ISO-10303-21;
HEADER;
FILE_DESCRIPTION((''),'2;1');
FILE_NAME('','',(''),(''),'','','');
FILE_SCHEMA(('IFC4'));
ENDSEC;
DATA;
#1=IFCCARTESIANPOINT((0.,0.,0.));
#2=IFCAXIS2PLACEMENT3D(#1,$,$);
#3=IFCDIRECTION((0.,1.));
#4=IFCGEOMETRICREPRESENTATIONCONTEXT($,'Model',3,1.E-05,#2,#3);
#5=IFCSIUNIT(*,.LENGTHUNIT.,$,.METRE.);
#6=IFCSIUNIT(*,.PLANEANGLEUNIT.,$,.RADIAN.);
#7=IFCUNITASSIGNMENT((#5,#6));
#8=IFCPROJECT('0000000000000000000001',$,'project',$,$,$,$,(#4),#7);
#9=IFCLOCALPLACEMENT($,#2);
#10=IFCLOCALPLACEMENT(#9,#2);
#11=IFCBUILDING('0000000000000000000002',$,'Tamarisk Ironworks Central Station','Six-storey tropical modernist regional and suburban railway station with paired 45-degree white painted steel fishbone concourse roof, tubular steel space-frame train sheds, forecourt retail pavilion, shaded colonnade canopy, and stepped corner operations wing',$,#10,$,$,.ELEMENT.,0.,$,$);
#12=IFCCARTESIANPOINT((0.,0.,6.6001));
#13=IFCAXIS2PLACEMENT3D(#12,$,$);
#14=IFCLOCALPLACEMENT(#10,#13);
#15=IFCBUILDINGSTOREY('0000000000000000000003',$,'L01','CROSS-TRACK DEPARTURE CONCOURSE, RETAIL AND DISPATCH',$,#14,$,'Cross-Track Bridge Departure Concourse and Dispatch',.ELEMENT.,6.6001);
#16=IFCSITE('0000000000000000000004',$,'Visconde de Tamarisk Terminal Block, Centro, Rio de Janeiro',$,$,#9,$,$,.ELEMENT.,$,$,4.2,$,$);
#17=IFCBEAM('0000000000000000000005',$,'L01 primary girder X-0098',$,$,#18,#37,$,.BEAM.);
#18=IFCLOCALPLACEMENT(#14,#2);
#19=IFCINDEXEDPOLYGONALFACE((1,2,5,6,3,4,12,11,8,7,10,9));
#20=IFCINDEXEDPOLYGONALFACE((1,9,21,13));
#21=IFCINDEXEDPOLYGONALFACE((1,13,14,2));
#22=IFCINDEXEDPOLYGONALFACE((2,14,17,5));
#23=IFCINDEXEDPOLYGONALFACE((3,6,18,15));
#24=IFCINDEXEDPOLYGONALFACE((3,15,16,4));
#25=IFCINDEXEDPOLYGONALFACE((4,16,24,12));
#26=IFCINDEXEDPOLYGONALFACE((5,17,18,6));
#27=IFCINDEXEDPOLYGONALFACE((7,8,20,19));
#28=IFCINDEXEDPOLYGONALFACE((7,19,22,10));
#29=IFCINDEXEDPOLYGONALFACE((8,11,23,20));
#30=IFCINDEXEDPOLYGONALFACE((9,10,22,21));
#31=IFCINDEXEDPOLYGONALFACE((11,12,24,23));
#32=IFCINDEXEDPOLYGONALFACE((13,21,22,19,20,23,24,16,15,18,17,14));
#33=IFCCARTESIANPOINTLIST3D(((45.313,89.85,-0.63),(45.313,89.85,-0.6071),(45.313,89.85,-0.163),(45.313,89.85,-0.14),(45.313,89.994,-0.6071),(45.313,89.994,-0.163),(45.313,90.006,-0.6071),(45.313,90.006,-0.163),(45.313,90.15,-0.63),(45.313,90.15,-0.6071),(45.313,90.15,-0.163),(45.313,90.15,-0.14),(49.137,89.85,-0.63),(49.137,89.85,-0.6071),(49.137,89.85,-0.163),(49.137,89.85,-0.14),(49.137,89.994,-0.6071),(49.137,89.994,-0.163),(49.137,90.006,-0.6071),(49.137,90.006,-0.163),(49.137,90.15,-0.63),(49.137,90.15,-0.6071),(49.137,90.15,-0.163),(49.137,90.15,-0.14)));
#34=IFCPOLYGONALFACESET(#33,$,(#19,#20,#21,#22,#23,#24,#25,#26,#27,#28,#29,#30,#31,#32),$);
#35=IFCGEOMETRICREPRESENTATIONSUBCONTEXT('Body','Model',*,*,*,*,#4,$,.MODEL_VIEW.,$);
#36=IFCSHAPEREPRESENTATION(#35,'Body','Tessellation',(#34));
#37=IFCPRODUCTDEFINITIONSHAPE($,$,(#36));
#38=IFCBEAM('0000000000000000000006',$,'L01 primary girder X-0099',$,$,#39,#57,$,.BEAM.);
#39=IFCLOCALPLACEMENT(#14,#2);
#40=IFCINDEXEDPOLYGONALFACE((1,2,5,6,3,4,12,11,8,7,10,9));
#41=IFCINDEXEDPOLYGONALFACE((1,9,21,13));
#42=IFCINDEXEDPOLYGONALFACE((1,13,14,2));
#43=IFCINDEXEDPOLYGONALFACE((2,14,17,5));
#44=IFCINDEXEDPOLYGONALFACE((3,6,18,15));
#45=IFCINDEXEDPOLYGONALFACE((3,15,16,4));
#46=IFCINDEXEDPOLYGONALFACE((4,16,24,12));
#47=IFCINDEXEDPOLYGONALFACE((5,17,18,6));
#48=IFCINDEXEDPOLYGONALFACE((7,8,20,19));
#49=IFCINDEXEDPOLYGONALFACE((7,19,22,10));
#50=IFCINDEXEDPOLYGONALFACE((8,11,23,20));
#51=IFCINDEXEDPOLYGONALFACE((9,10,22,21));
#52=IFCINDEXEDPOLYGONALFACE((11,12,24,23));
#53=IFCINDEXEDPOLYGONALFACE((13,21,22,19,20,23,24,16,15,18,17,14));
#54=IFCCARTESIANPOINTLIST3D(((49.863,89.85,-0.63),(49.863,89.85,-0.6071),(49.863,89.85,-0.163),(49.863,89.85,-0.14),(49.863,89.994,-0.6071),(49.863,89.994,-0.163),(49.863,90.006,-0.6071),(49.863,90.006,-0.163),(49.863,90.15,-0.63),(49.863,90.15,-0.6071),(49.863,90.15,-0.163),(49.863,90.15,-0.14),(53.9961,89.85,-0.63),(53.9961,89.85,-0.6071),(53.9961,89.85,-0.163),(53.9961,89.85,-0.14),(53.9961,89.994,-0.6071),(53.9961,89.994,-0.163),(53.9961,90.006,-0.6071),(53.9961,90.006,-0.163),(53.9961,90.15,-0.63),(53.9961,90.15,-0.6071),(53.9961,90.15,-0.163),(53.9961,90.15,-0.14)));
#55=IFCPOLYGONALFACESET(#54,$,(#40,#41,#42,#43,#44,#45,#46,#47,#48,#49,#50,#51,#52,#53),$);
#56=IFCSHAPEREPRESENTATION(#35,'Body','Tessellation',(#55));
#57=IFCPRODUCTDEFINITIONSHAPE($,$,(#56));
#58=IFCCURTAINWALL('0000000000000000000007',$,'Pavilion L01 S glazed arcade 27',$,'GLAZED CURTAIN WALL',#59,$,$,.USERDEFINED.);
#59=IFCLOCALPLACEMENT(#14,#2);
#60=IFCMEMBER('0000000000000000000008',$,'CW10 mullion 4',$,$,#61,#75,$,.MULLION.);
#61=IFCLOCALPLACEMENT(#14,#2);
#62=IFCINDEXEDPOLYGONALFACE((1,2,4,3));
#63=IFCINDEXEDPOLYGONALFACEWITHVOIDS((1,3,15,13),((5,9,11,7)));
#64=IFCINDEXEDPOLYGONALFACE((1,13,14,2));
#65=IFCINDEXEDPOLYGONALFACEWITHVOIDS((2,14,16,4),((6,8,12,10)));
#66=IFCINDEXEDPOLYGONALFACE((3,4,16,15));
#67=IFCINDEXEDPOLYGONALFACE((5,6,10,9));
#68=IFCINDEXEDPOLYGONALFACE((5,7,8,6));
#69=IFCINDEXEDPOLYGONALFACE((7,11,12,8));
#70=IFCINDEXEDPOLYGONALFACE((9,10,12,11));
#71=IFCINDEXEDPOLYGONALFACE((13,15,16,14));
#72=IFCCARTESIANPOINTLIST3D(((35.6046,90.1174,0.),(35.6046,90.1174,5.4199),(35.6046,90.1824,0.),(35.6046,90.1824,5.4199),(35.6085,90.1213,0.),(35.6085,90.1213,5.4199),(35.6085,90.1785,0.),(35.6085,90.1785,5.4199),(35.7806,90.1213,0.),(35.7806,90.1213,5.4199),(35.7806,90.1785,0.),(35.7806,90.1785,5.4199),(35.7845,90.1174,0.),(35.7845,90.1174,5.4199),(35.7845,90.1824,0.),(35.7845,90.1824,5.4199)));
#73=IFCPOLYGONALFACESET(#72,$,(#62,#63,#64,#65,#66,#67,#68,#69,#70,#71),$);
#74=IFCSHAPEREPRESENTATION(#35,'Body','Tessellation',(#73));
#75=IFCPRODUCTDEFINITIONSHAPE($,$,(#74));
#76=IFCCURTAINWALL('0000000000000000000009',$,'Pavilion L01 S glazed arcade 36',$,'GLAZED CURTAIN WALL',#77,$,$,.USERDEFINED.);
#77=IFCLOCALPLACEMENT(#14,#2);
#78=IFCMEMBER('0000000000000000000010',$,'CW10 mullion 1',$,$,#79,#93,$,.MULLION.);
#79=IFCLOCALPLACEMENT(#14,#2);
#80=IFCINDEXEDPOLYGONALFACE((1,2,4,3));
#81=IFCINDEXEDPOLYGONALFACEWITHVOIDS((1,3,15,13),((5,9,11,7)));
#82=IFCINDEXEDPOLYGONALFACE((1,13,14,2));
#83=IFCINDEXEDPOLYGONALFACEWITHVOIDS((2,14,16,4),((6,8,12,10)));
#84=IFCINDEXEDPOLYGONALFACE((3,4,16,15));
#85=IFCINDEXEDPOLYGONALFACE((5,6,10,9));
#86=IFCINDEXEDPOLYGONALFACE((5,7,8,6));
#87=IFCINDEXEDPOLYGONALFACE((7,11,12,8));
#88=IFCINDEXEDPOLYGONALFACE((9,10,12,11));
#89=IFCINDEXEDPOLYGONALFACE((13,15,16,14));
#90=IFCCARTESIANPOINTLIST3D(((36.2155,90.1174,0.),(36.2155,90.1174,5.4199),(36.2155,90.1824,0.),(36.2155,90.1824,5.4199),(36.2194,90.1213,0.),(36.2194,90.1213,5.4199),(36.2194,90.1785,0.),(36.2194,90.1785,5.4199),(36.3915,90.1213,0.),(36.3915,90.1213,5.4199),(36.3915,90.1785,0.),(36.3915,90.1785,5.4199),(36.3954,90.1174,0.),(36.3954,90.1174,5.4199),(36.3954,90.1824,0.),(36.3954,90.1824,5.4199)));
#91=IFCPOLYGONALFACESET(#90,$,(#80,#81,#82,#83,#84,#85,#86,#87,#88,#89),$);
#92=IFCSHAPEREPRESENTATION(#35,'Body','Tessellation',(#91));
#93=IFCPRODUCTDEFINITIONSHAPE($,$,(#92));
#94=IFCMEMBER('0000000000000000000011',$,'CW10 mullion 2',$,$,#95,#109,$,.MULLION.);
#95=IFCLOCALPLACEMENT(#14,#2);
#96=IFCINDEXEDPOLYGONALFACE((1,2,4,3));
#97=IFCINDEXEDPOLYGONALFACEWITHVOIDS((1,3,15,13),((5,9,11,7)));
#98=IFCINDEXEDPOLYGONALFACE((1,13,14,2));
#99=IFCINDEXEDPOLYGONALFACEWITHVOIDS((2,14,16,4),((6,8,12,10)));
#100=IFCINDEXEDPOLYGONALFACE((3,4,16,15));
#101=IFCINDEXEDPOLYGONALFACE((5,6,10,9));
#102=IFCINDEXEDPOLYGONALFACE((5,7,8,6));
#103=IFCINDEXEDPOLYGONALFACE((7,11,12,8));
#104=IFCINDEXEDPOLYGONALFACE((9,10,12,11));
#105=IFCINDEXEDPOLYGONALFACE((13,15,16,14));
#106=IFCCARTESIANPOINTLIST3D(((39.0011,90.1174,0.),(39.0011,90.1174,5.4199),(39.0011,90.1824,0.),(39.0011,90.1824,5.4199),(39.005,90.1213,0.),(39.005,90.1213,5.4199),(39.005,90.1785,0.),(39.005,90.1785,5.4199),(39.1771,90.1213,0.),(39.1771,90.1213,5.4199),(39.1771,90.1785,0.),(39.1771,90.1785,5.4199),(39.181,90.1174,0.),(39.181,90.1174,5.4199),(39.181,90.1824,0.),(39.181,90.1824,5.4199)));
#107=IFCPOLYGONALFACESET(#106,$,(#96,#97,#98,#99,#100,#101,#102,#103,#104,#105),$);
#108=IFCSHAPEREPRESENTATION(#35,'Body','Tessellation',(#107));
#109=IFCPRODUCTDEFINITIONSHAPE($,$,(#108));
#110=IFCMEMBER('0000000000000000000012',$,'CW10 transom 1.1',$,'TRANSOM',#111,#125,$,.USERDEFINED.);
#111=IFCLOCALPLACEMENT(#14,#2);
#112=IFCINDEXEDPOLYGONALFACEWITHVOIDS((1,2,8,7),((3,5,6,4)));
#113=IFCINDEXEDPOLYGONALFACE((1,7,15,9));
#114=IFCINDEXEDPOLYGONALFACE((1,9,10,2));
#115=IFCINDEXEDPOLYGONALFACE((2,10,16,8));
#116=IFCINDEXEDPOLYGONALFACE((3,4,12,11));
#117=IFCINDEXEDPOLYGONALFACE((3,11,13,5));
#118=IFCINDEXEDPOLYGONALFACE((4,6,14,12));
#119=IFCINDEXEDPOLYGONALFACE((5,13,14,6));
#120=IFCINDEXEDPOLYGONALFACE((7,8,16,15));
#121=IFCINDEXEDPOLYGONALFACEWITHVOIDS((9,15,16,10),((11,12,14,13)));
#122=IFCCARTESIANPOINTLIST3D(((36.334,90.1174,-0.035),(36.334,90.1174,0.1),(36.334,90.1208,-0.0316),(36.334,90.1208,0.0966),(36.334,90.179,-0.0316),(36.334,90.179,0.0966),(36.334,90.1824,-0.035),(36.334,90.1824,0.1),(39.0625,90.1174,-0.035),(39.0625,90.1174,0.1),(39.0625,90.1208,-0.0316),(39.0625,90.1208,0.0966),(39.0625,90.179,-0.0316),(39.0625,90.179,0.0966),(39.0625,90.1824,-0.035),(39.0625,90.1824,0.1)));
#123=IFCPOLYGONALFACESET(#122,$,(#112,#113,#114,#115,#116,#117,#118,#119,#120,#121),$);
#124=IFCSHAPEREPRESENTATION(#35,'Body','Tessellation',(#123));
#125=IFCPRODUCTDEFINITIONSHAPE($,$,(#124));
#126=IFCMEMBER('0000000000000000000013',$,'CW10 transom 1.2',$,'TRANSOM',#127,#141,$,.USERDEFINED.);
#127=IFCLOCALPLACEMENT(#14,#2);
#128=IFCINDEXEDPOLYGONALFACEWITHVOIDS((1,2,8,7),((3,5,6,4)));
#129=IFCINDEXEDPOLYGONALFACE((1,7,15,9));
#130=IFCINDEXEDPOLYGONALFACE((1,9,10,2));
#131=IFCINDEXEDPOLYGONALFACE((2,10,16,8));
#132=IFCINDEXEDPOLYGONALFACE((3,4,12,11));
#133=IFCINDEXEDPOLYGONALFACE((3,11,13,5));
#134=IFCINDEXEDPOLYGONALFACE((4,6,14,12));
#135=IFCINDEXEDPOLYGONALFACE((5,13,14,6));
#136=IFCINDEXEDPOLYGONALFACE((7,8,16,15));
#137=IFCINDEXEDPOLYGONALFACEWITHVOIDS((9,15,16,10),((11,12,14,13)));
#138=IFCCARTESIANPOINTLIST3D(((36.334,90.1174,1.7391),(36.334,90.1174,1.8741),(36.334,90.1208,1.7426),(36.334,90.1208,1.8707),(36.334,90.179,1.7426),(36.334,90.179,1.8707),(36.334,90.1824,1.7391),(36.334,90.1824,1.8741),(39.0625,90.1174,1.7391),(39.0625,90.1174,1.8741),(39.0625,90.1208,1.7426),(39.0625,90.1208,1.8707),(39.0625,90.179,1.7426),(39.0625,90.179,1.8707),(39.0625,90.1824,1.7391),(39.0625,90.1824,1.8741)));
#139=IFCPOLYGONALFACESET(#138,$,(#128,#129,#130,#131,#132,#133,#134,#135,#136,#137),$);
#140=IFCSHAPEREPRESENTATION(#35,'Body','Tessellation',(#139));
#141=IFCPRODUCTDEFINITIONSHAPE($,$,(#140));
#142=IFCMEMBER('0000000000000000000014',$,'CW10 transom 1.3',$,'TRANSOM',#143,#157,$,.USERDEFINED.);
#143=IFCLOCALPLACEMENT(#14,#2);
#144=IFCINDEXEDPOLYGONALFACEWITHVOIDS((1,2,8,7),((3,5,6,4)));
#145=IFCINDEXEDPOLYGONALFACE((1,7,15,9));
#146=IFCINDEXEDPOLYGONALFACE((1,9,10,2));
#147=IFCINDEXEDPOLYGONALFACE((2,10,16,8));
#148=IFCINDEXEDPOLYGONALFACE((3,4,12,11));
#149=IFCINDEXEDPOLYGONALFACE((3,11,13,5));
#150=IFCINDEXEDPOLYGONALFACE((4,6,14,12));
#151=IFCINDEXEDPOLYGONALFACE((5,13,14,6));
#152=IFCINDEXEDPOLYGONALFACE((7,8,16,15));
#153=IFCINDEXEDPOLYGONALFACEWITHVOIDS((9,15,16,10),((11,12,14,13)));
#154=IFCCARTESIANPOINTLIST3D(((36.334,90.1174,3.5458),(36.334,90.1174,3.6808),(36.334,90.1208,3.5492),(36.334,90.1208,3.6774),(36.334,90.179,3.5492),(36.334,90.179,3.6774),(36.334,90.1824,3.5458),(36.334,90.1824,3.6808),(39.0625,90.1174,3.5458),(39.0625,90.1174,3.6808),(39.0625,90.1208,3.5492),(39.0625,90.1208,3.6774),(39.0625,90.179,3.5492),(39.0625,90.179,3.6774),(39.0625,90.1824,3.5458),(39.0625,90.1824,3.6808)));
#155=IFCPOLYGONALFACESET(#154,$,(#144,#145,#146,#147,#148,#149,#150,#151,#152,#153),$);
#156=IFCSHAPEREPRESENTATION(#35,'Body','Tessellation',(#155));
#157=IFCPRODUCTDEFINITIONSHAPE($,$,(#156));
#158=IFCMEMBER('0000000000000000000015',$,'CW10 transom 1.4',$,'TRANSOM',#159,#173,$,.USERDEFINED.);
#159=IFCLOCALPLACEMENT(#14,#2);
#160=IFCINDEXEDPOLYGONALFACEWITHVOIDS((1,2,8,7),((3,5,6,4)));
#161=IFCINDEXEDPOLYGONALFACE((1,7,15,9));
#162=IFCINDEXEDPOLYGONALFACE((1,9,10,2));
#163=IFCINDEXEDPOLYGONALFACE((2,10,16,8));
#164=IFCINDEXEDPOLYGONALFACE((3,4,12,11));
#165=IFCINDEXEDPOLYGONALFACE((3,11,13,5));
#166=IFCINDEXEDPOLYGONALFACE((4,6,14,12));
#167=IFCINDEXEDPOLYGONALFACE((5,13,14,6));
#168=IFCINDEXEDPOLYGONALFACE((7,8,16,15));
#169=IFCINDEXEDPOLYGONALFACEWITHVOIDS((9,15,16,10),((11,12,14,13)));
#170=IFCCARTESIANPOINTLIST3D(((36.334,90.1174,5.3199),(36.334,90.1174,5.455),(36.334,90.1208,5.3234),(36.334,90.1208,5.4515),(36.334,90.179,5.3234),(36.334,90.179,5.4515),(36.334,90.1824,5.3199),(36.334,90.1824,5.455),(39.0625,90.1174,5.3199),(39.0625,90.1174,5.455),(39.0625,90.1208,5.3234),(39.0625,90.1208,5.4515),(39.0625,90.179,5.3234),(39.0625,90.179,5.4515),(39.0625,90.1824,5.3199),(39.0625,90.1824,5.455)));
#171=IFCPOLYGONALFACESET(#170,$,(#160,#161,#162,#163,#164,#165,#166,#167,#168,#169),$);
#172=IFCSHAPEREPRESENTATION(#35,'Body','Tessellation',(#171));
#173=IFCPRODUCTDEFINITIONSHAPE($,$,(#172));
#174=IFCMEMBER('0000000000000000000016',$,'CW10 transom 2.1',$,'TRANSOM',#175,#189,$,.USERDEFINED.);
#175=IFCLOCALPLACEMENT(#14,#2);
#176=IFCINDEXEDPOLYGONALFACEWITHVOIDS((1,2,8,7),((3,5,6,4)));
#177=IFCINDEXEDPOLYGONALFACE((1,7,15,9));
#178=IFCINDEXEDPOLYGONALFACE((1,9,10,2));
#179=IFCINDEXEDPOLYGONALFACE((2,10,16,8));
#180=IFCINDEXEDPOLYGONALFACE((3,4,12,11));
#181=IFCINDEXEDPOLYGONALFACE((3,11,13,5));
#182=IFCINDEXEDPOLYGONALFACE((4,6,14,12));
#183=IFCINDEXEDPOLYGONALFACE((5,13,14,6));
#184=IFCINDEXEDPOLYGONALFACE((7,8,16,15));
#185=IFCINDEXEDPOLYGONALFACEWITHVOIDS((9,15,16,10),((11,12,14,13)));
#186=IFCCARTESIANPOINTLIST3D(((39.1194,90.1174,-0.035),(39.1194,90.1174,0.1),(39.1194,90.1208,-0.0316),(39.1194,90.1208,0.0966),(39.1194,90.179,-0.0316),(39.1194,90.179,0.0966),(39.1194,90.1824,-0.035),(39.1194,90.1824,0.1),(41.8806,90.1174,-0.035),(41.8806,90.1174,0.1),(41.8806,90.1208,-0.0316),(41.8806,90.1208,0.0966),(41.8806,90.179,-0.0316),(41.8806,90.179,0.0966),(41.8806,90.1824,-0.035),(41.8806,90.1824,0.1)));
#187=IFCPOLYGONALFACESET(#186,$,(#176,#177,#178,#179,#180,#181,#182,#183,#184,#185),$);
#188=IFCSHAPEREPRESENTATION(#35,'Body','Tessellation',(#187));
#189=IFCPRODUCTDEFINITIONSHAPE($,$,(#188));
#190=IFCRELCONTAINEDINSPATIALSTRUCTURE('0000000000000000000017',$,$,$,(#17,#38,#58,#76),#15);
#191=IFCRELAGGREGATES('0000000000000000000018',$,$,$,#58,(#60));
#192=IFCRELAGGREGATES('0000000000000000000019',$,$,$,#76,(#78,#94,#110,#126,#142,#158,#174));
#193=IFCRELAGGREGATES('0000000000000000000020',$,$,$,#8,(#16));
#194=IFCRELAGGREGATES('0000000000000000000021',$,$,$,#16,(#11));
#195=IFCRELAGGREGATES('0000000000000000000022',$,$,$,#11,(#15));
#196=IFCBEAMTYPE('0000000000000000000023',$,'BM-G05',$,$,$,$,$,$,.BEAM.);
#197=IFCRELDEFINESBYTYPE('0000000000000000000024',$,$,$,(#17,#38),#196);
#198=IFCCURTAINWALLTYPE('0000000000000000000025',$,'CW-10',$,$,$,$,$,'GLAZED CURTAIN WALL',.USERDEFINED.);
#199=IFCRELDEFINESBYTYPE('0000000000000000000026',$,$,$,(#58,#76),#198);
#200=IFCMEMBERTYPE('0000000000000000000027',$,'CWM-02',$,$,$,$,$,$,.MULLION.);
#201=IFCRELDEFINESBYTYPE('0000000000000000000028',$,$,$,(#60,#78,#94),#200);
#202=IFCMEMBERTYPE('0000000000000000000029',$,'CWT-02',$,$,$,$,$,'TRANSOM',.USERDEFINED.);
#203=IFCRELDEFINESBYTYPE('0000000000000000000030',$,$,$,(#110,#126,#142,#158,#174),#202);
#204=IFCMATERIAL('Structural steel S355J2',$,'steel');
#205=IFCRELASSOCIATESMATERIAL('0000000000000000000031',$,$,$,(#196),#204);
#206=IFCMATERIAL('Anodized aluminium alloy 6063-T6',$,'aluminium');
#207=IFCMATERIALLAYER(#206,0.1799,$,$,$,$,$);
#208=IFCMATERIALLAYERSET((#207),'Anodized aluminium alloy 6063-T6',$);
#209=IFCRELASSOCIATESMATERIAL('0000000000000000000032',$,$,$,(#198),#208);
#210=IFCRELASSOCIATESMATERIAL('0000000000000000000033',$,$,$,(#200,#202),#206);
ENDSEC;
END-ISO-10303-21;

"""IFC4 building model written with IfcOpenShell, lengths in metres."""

from ifc_helpers import new_model, si_unit, direction, frame, origin, origin_2d, place, context, subcontext, project, spatial, hollow_rectangle, i_section, extrude, material, layer, layer_set, material_profile, profile_set, type_object, element, aggregate, save


model = new_model("IFC4")

# Units and contexts
model_context = context("Model", 3, precision=1e-05, world=origin(), true_north=direction((0.0, 1.0)))
body_context = subcontext(model_context, "Body", "Model", "MODEL_VIEW")
ifc_project = project(units=[si_unit("LENGTHUNIT", "METRE"), si_unit("PLANEANGLEUNIT", "RADIAN")], contexts=[model_context])

# Site, building, storey
site_placement = place(None, origin())
site = spatial("IfcSite", under=ifc_project, at=site_placement, Name="Visconde de Tamarisk Terminal Block, Centro, Rio de Janeiro", CompositionType="ELEMENT", RefElevation=4.2)
building_placement = place(site_placement, origin())
building = spatial("IfcBuilding", under=site, at=building_placement, Name="Tamarisk Ironworks Central Station", Description="Six-storey tropical modernist regional and suburban railway station with paired 45-degree white painted steel fishbone concourse roof, tubular steel space-frame train sheds, forecourt retail pavilion, shaded colonnade canopy, and stepped corner operations wing", CompositionType="ELEMENT", ElevationOfRefHeight=0.0)
storey_placement = place(building_placement, frame((0.0, 0.0, 6.6001)))
storey = spatial("IfcBuildingStorey", under=building, at=storey_placement, Name="L01", Description="CROSS-TRACK DEPARTURE CONCOURSE, RETAIL AND DISPATCH", LongName="Cross-Track Bridge Departure Concourse and Dispatch", CompositionType="ELEMENT", Elevation=6.6001)

# Beams
ifc_material_1 = material(Name="Structural steel S355J2", Category="steel")
ifc_material_profile_1 = material_profile(ifc_material_1, i_section(OverallWidth=0.3, OverallDepth=0.49, WebThickness=0.012, FlangeThickness=0.0229, at=origin_2d()), Name="HEA 500")
ifc_profile_set_1 = profile_set([ifc_material_profile_1], Name="Structural steel S355J2")
beam_type = type_object("IfcBeamType", Name="BM-G05", PredefinedType="BEAM", material=ifc_profile_set_1)
beam_1_placement = place(storey_placement, frame((45.313, 90.0, -0.385), z_axis=(1.0, 0.0, 0.0), x_axis=(0.0, 1.0, 0.0)))
element("IfcBeam", 1, at=beam_1_placement, inside=storey, type_object=beam_type, Name="L01 primary girder X-0098", PredefinedType="BEAM", context=body_context, shape_type="SweptSolid", body=[
    extrude(i_section(OverallWidth=0.3, OverallDepth=0.49, WebThickness=0.012, FlangeThickness=0.0229, at=origin_2d()), origin(), (0.0, 0.0, 1.0), 3.824),
])
beam_2_placement = place(storey_placement, frame((49.863, 90.0, -0.385), z_axis=(1.0, 0.0, 0.0), x_axis=(0.0, 1.0, 0.0)))
element("IfcBeam", 2, at=beam_2_placement, inside=storey, type_object=beam_type, Name="L01 primary girder X-0099", PredefinedType="BEAM", context=body_context, shape_type="SweptSolid", body=[
    extrude(i_section(OverallWidth=0.3, OverallDepth=0.49, WebThickness=0.012, FlangeThickness=0.0229, at=origin_2d()), origin(), (0.0, 0.0, 1.0), 4.1331),
])

# Curtain wall, member
ifc_material_2 = material(Name="Anodized aluminium alloy 6063-T6", Category="aluminium")
ifc_layer_1 = layer(ifc_material_2, 0.1799)
ifc_layer_set_1 = layer_set([ifc_layer_1], Name="Anodized aluminium alloy 6063-T6")
curtain_wall_type = type_object("IfcCurtainWallType", Name="CW-10", ElementType="GLAZED CURTAIN WALL", PredefinedType="USERDEFINED", material=ifc_layer_set_1)
curtain_wall_1_placement = place(storey_placement, origin())
curtain_wall_1 = element("IfcCurtainWall", 3, at=curtain_wall_1_placement, inside=storey, type_object=curtain_wall_type, Name="Pavilion L01 S glazed arcade 27", ObjectType="GLAZED CURTAIN WALL", PredefinedType="USERDEFINED")
ifc_material_profile_2 = material_profile(ifc_material_2, hollow_rectangle(XDim=0.0649, YDim=0.1799, WallThickness=0.0039, at=origin_2d()), Name="ALUM 180x65")
ifc_profile_set_2 = profile_set([ifc_material_profile_2], Name="Anodized aluminium alloy 6063-T6")
member_type_1 = type_object("IfcMemberType", Name="CWM-02", PredefinedType="MULLION", material=ifc_profile_set_2)
member_1_placement = place(storey_placement, frame((35.6946, 90.1499, 0.0), z_axis=(0.0, 0.0, 1.0), x_axis=(0.0, 1.0, 0.0)))
member_1 = element("IfcMember", 4, at=member_1_placement, type_object=member_type_1, Name="CW10 mullion 4", PredefinedType="MULLION", context=body_context, shape_type="SweptSolid", body=[
    extrude(hollow_rectangle(XDim=0.0649, YDim=0.1799, WallThickness=0.0039, at=origin_2d()), origin(), (0.0, 0.0, 1.0), 5.4199),
])

# Curtain wall, members
curtain_wall_2_placement = place(storey_placement, origin())
curtain_wall_2 = element("IfcCurtainWall", 5, at=curtain_wall_2_placement, inside=storey, type_object=curtain_wall_type, Name="Pavilion L01 S glazed arcade 36", ObjectType="GLAZED CURTAIN WALL", PredefinedType="USERDEFINED")
member_2_placement = place(storey_placement, frame((36.3054, 90.1499, 0.0), z_axis=(0.0, 0.0, 1.0), x_axis=(0.0, 1.0, 0.0)))
member_2 = element("IfcMember", 6, at=member_2_placement, type_object=member_type_1, Name="CW10 mullion 1", PredefinedType="MULLION", context=body_context, shape_type="SweptSolid", body=[
    extrude(hollow_rectangle(XDim=0.0649, YDim=0.1799, WallThickness=0.0039, at=origin_2d()), origin(), (0.0, 0.0, 1.0), 5.4199),
])
member_3_placement = place(storey_placement, frame((39.0911, 90.1499, 0.0), z_axis=(0.0, 0.0, 1.0), x_axis=(0.0, 1.0, 0.0)))
member_3 = element("IfcMember", 7, at=member_3_placement, type_object=member_type_1, Name="CW10 mullion 2", PredefinedType="MULLION", context=body_context, shape_type="SweptSolid", body=[
    extrude(hollow_rectangle(XDim=0.0649, YDim=0.1799, WallThickness=0.0039, at=origin_2d()), origin(), (0.0, 0.0, 1.0), 5.4199),
])
ifc_material_profile_3 = material_profile(ifc_material_2, hollow_rectangle(XDim=0.0649, YDim=0.135, WallThickness=0.0034, at=origin_2d()), Name="ALUM 135x65")
ifc_profile_set_3 = profile_set([ifc_material_profile_3], Name="Anodized aluminium alloy 6063-T6")
member_type_2 = type_object("IfcMemberType", Name="CWT-02", ElementType="TRANSOM", PredefinedType="USERDEFINED", material=ifc_profile_set_3)
member_4_placement = place(storey_placement, frame((36.334, 90.1499, 0.0325), z_axis=(1.0, 0.0, 0.0), x_axis=(0.0, 1.0, 0.0)))
member_4 = element("IfcMember", 8, at=member_4_placement, type_object=member_type_2, Name="CW10 transom 1.1", ObjectType="TRANSOM", PredefinedType="USERDEFINED", context=body_context, shape_type="SweptSolid", body=[
    extrude(hollow_rectangle(XDim=0.0649, YDim=0.135, WallThickness=0.0034, at=origin_2d()), origin(), (0.0, 0.0, 1.0), 2.7285),
])
member_5_placement = place(storey_placement, frame((36.334, 90.1499, 1.8066), z_axis=(1.0, 0.0, 0.0), x_axis=(0.0, 1.0, 0.0)))
member_5 = element("IfcMember", 9, at=member_5_placement, type_object=member_type_2, Name="CW10 transom 1.2", ObjectType="TRANSOM", PredefinedType="USERDEFINED", context=body_context, shape_type="SweptSolid", body=[
    extrude(hollow_rectangle(XDim=0.0649, YDim=0.135, WallThickness=0.0034, at=origin_2d()), origin(), (0.0, 0.0, 1.0), 2.7285),
])
member_6_placement = place(storey_placement, frame((36.334, 90.1499, 3.6133), z_axis=(1.0, 0.0, 0.0), x_axis=(0.0, 1.0, 0.0)))
member_6 = element("IfcMember", 10, at=member_6_placement, type_object=member_type_2, Name="CW10 transom 1.3", ObjectType="TRANSOM", PredefinedType="USERDEFINED", context=body_context, shape_type="SweptSolid", body=[
    extrude(hollow_rectangle(XDim=0.0649, YDim=0.135, WallThickness=0.0034, at=origin_2d()), origin(), (0.0, 0.0, 1.0), 2.7285),
])
member_7_placement = place(storey_placement, frame((36.334, 90.1499, 5.3875), z_axis=(1.0, 0.0, 0.0), x_axis=(0.0, 1.0, 0.0)))
member_7 = element("IfcMember", 11, at=member_7_placement, type_object=member_type_2, Name="CW10 transom 1.4", ObjectType="TRANSOM", PredefinedType="USERDEFINED", context=body_context, shape_type="SweptSolid", body=[
    extrude(hollow_rectangle(XDim=0.0649, YDim=0.135, WallThickness=0.0034, at=origin_2d()), origin(), (0.0, 0.0, 1.0), 2.7285),
])
member_8_placement = place(storey_placement, frame((39.1194, 90.1499, 0.0325), z_axis=(1.0, 0.0, 0.0), x_axis=(0.0, 1.0, 0.0)))
member_8 = element("IfcMember", 12, at=member_8_placement, type_object=member_type_2, Name="CW10 transom 2.1", ObjectType="TRANSOM", PredefinedType="USERDEFINED", context=body_context, shape_type="SweptSolid", body=[
    extrude(hollow_rectangle(XDim=0.0649, YDim=0.135, WallThickness=0.0034, at=origin_2d()), origin(), (0.0, 0.0, 1.0), 2.7612),
])

aggregate(curtain_wall_1, [member_1])
aggregate(curtain_wall_2, [member_2, member_3, member_4, member_5, member_6, member_7, member_8])

save(model, "model.ifc")
